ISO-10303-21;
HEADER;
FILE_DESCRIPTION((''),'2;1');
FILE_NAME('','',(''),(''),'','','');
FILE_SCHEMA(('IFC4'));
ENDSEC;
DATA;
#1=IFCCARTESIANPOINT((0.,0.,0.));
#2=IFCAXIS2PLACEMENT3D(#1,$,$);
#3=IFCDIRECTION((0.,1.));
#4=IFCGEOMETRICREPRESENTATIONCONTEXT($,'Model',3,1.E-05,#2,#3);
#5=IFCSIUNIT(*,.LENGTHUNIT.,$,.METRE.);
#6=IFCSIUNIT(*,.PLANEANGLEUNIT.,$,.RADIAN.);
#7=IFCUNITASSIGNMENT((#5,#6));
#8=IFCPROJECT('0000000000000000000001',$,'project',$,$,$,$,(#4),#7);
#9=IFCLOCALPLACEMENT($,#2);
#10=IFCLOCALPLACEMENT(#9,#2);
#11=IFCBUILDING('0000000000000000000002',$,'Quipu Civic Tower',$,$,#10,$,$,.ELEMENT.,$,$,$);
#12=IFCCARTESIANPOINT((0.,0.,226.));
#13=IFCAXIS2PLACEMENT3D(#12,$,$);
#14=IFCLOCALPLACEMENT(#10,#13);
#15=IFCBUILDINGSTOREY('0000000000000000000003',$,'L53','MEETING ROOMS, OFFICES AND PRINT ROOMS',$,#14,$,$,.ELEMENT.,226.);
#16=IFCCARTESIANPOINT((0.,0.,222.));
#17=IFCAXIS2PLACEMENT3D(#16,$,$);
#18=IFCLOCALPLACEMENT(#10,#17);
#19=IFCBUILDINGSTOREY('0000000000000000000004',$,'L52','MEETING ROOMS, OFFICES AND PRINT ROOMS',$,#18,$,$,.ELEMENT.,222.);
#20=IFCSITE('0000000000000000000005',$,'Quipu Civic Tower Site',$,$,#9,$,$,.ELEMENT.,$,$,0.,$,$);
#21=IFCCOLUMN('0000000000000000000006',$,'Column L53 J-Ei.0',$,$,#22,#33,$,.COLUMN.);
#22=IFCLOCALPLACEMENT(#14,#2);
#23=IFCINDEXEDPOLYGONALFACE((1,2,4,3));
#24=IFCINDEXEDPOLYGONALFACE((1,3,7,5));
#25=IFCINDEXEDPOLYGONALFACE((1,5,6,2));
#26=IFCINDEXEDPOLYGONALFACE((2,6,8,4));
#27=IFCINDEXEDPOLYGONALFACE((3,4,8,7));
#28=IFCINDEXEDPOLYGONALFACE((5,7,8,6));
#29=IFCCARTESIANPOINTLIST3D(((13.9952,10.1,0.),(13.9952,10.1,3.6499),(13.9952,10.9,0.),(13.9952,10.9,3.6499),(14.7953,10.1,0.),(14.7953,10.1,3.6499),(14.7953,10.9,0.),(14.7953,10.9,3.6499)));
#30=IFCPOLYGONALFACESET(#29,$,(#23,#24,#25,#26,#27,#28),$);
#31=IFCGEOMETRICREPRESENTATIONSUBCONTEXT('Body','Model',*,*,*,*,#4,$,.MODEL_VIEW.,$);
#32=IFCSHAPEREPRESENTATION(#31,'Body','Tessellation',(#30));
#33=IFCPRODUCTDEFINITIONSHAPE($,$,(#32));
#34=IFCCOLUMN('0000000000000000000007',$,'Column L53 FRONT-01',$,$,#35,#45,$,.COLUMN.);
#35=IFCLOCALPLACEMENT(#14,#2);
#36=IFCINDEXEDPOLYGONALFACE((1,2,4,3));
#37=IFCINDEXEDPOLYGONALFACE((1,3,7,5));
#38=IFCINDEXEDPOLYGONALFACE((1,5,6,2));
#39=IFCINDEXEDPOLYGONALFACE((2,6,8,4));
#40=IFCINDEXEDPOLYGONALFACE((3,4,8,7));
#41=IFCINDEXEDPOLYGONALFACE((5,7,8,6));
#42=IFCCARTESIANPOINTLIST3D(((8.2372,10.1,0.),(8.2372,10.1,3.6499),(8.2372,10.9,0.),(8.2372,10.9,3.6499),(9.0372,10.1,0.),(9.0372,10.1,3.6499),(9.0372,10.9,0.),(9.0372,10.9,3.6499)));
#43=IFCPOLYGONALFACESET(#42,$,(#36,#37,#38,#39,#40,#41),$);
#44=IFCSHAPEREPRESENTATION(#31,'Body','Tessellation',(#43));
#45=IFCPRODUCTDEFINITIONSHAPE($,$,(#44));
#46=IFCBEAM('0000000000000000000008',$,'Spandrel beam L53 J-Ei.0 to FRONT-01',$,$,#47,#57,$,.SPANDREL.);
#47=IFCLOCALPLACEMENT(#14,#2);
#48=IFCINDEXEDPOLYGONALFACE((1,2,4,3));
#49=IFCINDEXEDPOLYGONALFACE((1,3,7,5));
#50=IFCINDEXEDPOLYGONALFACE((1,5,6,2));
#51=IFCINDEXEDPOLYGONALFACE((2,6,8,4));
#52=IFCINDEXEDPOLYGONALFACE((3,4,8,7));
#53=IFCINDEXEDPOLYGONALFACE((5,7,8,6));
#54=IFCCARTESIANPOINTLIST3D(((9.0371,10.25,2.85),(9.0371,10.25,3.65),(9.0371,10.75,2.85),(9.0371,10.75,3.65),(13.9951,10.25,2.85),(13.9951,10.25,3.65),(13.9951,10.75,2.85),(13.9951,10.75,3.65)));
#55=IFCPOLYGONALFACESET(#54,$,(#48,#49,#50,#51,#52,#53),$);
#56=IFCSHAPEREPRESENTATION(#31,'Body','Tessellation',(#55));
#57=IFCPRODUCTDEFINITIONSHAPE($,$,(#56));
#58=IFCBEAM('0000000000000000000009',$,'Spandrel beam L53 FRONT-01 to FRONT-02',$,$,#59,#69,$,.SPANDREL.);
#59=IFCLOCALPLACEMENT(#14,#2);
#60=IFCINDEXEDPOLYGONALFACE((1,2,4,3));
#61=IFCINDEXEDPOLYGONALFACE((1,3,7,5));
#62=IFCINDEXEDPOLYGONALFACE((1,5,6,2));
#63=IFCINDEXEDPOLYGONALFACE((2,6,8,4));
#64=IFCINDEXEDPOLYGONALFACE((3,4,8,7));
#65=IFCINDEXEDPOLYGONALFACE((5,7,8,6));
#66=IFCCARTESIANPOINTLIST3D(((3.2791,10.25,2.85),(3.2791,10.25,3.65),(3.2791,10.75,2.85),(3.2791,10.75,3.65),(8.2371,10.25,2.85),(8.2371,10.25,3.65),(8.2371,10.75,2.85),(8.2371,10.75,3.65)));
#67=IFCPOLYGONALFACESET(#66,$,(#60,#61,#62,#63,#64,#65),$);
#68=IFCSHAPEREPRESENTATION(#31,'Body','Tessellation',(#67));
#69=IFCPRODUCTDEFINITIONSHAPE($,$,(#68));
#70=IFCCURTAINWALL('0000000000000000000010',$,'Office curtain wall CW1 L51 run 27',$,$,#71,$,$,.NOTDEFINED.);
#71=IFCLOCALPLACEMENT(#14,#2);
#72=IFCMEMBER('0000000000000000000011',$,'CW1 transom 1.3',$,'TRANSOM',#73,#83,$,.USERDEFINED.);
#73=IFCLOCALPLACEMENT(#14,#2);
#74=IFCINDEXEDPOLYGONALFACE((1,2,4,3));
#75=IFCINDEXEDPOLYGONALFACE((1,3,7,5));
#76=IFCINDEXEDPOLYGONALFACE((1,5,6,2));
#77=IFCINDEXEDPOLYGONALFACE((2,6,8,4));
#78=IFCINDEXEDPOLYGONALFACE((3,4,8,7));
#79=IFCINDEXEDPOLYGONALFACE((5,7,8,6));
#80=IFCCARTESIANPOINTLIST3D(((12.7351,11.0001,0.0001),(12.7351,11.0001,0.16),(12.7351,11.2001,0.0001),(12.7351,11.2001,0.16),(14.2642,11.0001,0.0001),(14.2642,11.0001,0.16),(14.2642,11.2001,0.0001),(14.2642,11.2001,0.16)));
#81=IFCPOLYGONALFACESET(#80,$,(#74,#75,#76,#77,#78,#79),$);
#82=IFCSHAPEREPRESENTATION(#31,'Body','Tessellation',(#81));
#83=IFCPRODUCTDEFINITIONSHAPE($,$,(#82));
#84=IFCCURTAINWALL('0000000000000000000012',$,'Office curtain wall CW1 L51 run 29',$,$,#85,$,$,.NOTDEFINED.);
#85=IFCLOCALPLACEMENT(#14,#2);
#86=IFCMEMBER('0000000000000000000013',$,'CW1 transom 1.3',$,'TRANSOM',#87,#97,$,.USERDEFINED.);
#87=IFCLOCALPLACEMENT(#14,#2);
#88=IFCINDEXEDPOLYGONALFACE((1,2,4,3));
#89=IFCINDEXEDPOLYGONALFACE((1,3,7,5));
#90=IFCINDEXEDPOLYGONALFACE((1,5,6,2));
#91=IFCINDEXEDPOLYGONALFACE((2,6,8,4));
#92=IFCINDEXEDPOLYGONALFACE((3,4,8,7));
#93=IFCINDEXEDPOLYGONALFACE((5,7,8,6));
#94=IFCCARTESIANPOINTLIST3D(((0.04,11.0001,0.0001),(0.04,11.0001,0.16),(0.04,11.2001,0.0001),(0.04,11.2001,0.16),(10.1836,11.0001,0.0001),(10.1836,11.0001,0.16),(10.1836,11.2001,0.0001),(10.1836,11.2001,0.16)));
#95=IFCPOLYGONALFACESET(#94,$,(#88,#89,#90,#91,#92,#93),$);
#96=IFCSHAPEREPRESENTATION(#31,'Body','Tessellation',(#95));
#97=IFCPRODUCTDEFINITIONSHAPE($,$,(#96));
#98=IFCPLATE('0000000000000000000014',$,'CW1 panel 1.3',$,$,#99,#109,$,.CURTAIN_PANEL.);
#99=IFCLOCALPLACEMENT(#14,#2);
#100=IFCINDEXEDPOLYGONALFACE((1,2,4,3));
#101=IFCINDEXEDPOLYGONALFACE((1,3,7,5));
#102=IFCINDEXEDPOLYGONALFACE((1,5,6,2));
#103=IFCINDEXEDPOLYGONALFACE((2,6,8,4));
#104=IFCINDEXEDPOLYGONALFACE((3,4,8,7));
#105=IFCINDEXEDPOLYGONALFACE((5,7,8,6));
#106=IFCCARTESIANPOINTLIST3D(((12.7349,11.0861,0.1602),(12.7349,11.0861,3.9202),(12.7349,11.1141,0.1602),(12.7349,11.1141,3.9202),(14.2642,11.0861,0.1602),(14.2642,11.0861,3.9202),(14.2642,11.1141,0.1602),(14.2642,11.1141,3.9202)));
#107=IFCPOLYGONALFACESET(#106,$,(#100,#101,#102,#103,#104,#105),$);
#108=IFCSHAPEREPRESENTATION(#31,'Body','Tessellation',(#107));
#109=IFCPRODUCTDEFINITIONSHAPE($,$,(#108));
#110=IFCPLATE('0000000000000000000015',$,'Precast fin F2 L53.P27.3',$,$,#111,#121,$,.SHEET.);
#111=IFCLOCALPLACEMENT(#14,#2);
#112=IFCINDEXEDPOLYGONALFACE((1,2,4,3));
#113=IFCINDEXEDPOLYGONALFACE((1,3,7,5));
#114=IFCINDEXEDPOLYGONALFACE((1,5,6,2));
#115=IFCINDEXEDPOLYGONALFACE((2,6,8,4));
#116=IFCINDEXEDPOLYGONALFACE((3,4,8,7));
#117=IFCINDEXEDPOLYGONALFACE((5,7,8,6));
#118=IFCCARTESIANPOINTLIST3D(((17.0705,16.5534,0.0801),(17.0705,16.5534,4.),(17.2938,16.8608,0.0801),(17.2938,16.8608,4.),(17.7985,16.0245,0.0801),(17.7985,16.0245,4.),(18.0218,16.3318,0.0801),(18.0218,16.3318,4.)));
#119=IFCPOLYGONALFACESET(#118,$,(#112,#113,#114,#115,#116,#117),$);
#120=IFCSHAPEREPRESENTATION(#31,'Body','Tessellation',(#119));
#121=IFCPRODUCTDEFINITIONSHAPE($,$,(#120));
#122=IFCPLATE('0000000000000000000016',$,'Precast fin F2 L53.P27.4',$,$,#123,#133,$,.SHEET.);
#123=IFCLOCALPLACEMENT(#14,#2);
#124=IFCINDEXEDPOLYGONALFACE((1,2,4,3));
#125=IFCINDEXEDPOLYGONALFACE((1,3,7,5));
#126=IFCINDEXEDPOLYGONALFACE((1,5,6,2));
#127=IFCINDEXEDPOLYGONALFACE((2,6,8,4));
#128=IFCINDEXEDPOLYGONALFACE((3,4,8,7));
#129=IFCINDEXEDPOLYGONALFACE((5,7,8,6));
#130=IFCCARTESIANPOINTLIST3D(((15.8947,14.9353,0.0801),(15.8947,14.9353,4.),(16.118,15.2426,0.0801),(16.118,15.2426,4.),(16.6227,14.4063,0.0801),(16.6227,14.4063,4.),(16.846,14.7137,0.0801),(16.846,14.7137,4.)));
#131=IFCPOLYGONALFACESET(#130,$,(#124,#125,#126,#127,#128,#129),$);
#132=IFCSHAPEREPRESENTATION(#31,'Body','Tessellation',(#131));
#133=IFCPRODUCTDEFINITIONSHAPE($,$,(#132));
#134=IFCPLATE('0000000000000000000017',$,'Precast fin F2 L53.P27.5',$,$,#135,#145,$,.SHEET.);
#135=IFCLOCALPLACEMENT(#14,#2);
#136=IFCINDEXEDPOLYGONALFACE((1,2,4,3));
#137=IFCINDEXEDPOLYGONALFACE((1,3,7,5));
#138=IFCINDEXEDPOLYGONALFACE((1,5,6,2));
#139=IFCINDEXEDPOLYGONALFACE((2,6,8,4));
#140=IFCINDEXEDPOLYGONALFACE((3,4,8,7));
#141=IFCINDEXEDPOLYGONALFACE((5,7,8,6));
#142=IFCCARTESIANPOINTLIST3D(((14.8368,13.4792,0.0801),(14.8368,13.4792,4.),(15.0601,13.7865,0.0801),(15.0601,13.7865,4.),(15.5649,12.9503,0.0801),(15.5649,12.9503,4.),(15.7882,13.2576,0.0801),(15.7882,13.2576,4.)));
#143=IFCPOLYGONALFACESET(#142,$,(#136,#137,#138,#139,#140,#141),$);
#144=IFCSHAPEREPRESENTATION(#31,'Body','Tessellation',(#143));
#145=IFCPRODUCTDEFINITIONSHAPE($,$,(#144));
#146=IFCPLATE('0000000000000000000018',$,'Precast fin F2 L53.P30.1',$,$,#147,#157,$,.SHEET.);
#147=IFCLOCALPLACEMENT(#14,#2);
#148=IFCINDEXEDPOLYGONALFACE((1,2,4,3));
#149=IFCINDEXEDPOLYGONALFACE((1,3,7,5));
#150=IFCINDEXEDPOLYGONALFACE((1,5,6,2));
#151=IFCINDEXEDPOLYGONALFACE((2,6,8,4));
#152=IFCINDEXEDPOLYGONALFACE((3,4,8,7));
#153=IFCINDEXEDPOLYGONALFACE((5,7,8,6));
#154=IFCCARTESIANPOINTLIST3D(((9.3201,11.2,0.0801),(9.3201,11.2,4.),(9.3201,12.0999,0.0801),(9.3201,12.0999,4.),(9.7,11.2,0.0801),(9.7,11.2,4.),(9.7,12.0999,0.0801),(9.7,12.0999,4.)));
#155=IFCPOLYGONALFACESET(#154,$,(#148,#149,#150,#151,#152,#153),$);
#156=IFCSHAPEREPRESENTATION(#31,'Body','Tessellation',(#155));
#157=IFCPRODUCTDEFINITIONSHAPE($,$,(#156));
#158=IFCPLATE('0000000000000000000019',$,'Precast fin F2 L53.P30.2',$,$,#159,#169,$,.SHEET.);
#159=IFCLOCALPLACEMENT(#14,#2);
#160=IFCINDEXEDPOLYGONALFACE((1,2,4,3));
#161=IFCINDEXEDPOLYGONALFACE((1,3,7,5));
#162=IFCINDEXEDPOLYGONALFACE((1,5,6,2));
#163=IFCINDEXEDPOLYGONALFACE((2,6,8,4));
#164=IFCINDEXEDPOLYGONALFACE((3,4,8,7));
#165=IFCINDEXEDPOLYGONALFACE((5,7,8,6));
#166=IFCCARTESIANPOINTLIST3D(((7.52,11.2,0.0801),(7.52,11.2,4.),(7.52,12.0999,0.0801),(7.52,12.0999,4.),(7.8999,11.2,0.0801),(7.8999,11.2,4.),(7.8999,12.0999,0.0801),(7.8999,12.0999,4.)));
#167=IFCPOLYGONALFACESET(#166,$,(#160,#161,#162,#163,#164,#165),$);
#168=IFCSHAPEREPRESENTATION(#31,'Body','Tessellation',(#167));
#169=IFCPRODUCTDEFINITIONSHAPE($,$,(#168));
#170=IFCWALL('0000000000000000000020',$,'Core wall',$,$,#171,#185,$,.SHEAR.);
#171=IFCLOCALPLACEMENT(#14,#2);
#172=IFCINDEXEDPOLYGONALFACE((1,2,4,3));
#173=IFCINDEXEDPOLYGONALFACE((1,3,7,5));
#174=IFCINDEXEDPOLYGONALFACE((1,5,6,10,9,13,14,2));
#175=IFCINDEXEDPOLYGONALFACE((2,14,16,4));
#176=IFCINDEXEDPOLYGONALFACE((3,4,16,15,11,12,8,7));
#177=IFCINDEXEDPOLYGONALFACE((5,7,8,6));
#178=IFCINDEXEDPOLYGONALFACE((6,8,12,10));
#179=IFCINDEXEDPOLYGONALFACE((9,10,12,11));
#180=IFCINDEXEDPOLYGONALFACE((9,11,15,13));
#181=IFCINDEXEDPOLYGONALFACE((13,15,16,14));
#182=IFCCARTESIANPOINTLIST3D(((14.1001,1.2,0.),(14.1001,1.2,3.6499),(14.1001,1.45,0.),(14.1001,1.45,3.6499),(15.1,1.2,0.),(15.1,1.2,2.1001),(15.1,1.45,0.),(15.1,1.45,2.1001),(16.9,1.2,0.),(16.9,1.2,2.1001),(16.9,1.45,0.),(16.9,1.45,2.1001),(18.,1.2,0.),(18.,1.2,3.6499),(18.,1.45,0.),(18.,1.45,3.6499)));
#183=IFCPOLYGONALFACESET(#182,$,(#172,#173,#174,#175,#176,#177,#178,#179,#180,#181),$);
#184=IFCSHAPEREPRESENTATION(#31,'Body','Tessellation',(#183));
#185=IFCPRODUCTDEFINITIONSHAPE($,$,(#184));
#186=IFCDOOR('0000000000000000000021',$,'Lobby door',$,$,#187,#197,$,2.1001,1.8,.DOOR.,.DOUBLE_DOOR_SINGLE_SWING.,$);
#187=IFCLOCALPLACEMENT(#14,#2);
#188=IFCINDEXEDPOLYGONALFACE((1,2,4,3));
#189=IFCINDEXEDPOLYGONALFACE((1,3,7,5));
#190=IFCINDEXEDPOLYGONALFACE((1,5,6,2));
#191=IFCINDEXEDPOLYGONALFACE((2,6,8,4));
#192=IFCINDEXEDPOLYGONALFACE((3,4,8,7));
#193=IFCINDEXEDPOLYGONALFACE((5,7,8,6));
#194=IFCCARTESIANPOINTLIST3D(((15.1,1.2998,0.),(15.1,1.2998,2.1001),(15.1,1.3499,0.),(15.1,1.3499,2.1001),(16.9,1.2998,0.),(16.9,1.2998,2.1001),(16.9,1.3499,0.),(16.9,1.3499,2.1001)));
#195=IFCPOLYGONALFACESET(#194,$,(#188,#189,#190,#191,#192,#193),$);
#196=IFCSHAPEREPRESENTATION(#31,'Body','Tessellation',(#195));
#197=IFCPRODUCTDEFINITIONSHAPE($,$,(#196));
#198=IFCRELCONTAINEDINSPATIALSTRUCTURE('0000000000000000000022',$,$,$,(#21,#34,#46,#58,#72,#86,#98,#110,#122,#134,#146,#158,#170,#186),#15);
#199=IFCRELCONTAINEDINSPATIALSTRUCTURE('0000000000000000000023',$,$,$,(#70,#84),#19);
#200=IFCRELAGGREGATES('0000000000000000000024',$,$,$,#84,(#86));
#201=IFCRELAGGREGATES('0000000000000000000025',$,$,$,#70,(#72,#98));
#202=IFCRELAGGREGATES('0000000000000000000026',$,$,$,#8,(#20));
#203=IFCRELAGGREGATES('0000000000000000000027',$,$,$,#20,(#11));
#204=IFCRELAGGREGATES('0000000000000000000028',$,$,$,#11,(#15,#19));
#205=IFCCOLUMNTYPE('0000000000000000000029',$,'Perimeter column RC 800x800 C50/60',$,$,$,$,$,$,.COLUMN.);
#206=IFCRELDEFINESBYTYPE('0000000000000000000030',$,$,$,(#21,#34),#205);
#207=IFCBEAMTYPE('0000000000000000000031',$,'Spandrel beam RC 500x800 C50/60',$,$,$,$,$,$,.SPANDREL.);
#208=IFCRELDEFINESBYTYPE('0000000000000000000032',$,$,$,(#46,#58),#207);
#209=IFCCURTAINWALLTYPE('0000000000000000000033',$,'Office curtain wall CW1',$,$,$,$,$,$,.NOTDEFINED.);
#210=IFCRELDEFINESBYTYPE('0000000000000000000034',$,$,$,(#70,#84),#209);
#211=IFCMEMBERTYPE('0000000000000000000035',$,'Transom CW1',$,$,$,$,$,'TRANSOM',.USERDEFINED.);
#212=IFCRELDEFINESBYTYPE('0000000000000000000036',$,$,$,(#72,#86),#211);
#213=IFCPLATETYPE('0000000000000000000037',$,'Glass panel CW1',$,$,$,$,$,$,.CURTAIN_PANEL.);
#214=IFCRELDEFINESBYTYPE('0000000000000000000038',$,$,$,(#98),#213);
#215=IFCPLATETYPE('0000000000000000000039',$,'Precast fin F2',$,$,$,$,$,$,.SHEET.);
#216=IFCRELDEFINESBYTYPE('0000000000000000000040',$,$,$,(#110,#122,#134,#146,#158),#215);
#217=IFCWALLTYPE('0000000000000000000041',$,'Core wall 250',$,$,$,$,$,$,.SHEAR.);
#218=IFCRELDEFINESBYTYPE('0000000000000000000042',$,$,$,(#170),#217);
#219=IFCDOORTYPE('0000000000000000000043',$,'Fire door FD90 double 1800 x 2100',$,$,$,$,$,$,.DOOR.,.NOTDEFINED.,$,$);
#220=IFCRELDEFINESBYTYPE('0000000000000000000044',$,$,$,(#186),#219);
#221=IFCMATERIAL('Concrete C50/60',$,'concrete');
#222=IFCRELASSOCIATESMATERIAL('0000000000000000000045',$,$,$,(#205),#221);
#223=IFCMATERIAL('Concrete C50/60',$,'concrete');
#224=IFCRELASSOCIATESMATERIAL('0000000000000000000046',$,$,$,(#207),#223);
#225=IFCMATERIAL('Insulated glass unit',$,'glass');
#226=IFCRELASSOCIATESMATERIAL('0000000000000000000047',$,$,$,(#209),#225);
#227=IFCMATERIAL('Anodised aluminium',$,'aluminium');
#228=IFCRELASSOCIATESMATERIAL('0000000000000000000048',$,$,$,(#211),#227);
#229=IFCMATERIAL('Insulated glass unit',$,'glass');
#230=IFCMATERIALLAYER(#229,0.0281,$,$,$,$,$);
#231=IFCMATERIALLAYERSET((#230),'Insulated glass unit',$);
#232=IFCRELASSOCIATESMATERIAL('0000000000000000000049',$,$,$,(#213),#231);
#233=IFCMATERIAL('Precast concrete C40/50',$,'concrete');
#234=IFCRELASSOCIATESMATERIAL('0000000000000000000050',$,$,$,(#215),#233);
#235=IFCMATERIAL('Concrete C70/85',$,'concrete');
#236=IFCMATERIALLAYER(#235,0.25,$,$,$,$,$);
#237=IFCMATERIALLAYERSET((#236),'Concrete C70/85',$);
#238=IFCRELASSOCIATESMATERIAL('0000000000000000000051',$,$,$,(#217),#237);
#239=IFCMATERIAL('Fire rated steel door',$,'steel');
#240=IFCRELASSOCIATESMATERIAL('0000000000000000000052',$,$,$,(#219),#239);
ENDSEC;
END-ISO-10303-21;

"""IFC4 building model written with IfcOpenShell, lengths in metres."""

from ifc_helpers import new_model, si_unit, direction, frame, frame_2d, origin, origin_2d, place, context, subcontext, project, spatial, rectangle, extrude, material, layer, layer_set, material_profile, profile_set, type_object, element, fill, aggregate, save


model = new_model("IFC4")

# Units and contexts
model_context = context("Model", 3, precision=1e-05, world=origin(), true_north=direction((0.0, 1.0)))
body_context = subcontext(model_context, "Body", "Model", "MODEL_VIEW")
ifc_project = project(units=[si_unit("LENGTHUNIT", "METRE"), si_unit("PLANEANGLEUNIT", "RADIAN")], contexts=[model_context])

# Site, building, storey
site_placement = place(None, origin())
site = spatial("IfcSite", under=ifc_project, at=site_placement, Name="Quipu Civic Tower Site", CompositionType="ELEMENT", RefElevation=0.0)
building_placement = place(site_placement, origin())
building = spatial("IfcBuilding", under=site, at=building_placement, Name="Quipu Civic Tower", CompositionType="ELEMENT")
storey_1_placement = place(building_placement, frame((0.0, 0.0, 226.0)))
storey_1 = spatial("IfcBuildingStorey", under=building, at=storey_1_placement, Name="L53", Description="MEETING ROOMS, OFFICES AND PRINT ROOMS", CompositionType="ELEMENT", Elevation=226.0)

# Columns
ifc_material_1 = material(Name="Concrete C50/60", Category="concrete")
ifc_material_profile_1 = material_profile(ifc_material_1, rectangle(XDim=0.8, YDim=0.8, at=origin_2d()), Name="RC800x800")
ifc_profile_set_1 = profile_set([ifc_material_profile_1], Name="Concrete C50/60")
column_type = type_object("IfcColumnType", Name="Perimeter column RC 800x800 C50/60", PredefinedType="COLUMN", material=ifc_profile_set_1)
for number, where, z_axis, x_axis, name in (
    (1, (14.3953, 10.5, 0.0), (0.0, 0.0, 1.0), (-1.0, 0.0, 0.0), "Column L53 J-Ei.0"),
    (2, (8.6372, 10.5, 0.0), (0.0, 0.0, 1.0), (-1.0, 0.0, 0.0), "Column L53 FRONT-01"),
):
    element("IfcColumn", number, at=place(storey_1_placement, frame(where, z_axis=z_axis, x_axis=x_axis)), inside=storey_1, type_object=column_type, Name=name, PredefinedType="COLUMN", context=body_context, shape_type="SweptSolid", body=[
        extrude(rectangle(XDim=0.8, YDim=0.8, at=origin_2d()), origin(), (0.0, 0.0, 1.0), 3.6499),
    ])

# Beams
ifc_material_2 = material(Name="Concrete C50/60", Category="concrete")
ifc_material_profile_2 = material_profile(ifc_material_2, rectangle(XDim=0.5, YDim=0.8, at=origin_2d()), Name="RC500x800")
ifc_profile_set_2 = profile_set([ifc_material_profile_2], Name="Concrete C50/60")
beam_type = type_object("IfcBeamType", Name="Spandrel beam RC 500x800 C50/60", PredefinedType="SPANDREL", material=ifc_profile_set_2)
for number, where, z_axis, x_axis, name in (
    (3, (13.9951, 10.5, 3.25), (-1.0, 0.0, 0.0), (0.0, -1.0, 0.0), "Spandrel beam L53 J-Ei.0 to FRONT-01"),
    (4, (8.2371, 10.5, 3.25), (-1.0, 0.0, 0.0), (0.0, -1.0, 0.0), "Spandrel beam L53 FRONT-01 to FRONT-02"),
):
    element("IfcBeam", number, at=place(storey_1_placement, frame(where, z_axis=z_axis, x_axis=x_axis)), inside=storey_1, type_object=beam_type, Name=name, PredefinedType="SPANDREL", context=body_context, shape_type="SweptSolid", body=[
        extrude(rectangle(XDim=0.5, YDim=0.8, at=origin_2d()), origin(), (0.0, 0.0, 1.0), 4.958),
    ])

# Shared definitions
storey_2_placement = place(building_placement, frame((0.0, 0.0, 222.0)))
storey_2 = spatial("IfcBuildingStorey", under=building, at=storey_2_placement, Name="L52", Description="MEETING ROOMS, OFFICES AND PRINT ROOMS", CompositionType="ELEMENT", Elevation=222.0)

# Curtain walls, members
ifc_material_3 = material(Name="Insulated glass unit", Category="glass")
curtain_wall_type = type_object("IfcCurtainWallType", Name="Office curtain wall CW1", PredefinedType="NOTDEFINED", material=ifc_material_3)
curtain_wall_1_placement = place(storey_2_placement, origin())
curtain_wall_1 = element("IfcCurtainWall", 5, at=curtain_wall_1_placement, inside=storey_2, type_object=curtain_wall_type, Name="Office curtain wall CW1 L51 run 27", PredefinedType="NOTDEFINED")
ifc_material_4 = material(Name="Anodised aluminium", Category="aluminium")
ifc_material_profile_3 = material_profile(ifc_material_4, rectangle(XDim=0.2, YDim=0.1599, at=origin_2d()), Name="RECT 200x160")
ifc_profile_set_3 = profile_set([ifc_material_profile_3], Name="Anodised aluminium")
member_type = type_object("IfcMemberType", Name="Transom CW1", ElementType="TRANSOM", PredefinedType="USERDEFINED", material=ifc_profile_set_3)
member_1_placement = place(storey_1_placement, frame((14.2642, 11.1001, 0.0801), z_axis=(-1.0, 0.0, 0.0), x_axis=(0.0, -1.0, 0.0)))
member_1 = element("IfcMember", 6, at=member_1_placement, inside=storey_1, type_object=member_type, Name="CW1 transom 1.3", ObjectType="TRANSOM", PredefinedType="USERDEFINED", context=body_context, shape_type="SweptSolid", body=[
    extrude(rectangle(XDim=0.2, YDim=0.1599, at=origin_2d()), origin(), (0.0, 0.0, 1.0), 1.5291),
])
curtain_wall_2_placement = place(storey_2_placement, origin())
curtain_wall_2 = element("IfcCurtainWall", 7, at=curtain_wall_2_placement, inside=storey_2, type_object=curtain_wall_type, Name="Office curtain wall CW1 L51 run 29", PredefinedType="NOTDEFINED")
member_2_placement = place(storey_1_placement, frame((10.1836, 11.1001, 0.0801), z_axis=(-1.0, 0.0, 0.0), x_axis=(0.0, -1.0, 0.0)))
member_2 = element("IfcMember", 8, at=member_2_placement, inside=storey_1, type_object=member_type, Name="CW1 transom 1.3", ObjectType="TRANSOM", PredefinedType="USERDEFINED", context=body_context, shape_type="SweptSolid", body=[
    extrude(rectangle(XDim=0.2, YDim=0.1599, at=origin_2d()), origin(), (0.0, 0.0, 1.0), 10.1436),
])
aggregate(curtain_wall_2, [member_2])

# Plate
ifc_material_5 = material(Name="Insulated glass unit", Category="glass")
ifc_layer_1 = layer(ifc_material_5, 0.0281)
ifc_layer_set_1 = layer_set([ifc_layer_1], Name="Insulated glass unit")
plate_type_1 = type_object("IfcPlateType", Name="Glass panel CW1", PredefinedType="CURTAIN_PANEL", material=ifc_layer_set_1)
plate_placement = place(storey_1_placement, frame((13.4995, 11.1001, 0.1602), z_axis=(0.0, 0.0, 1.0), x_axis=(-1.0, 0.0, 0.0)))
plate = element("IfcPlate", 9, at=plate_placement, inside=storey_1, type_object=plate_type_1, Name="CW1 panel 1.3", PredefinedType="CURTAIN_PANEL", context=body_context, shape_type="SweptSolid", body=[
    extrude(rectangle(XDim=1.5293, YDim=0.0281, at=origin_2d()), origin(), (0.0, 0.0, 1.0), 3.76),
])
aggregate(curtain_wall_1, [member_1, plate])

# Plates
ifc_material_6 = material(Name="Precast concrete C40/50", Category="concrete")
plate_type_2 = type_object("IfcPlateType", Name="Precast fin F2", PredefinedType="SHEET", material=ifc_material_6)
for number, where, z_axis, x_axis, name in (
    (10, (17.5461, 16.4426, 0.0801), (0.0, 0.0, 1.0), (-0.587784, -0.809018, 0.0), "Precast fin F2 L53.P27.3"),
    (11, (16.3704, 14.8245, 0.0801), (0.0, 0.0, 1.0), (-0.587784, -0.809018, 0.0), "Precast fin F2 L53.P27.4"),
    (12, (15.3125, 13.3684, 0.0801), (0.0, 0.0, 1.0), (-0.587784, -0.809018, 0.0), "Precast fin F2 L53.P27.5"),
    (13, (9.51, 11.6499, 0.0801), (0.0, 0.0, 1.0), (-1.0, 0.0, 0.0), "Precast fin F2 L53.P30.1"),
    (14, (7.71, 11.6499, 0.0801), (0.0, 0.0, 1.0), (-1.0, 0.0, 0.0), "Precast fin F2 L53.P30.2"),
):
    element("IfcPlate", number, at=place(storey_1_placement, frame(where, z_axis=z_axis, x_axis=x_axis)), inside=storey_1, type_object=plate_type_2, Name=name, PredefinedType="SHEET", context=body_context, shape_type="SweptSolid", body=[
        extrude(rectangle(XDim=0.3799, YDim=0.8999, at=origin_2d()), origin(), (0.0, 0.0, 1.0), 3.9199),
    ])

# Wall, opening, door
ifc_material_7 = material(Name="Concrete C70/85", Category="concrete")
ifc_layer_2 = layer(ifc_material_7, 0.25)
ifc_layer_set_2 = layer_set([ifc_layer_2], Name="Concrete C70/85")
wall_type_1 = type_object("IfcWallType", Name="Core wall 250", PredefinedType="SHEAR", material=ifc_layer_set_2)
wall_1_placement = place(storey_1_placement, frame((14.1001, 1.325, 0.0), z_axis=(0.0, 0.0, 1.0), x_axis=(1.0, 0.0, 0.0)))
wall_1 = element("IfcWall", 15, at=wall_1_placement, inside=storey_1, type_object=wall_type_1, Name="Core wall", PredefinedType="SHEAR", context=body_context, shape_type="SweptSolid", body=[
    extrude(rectangle(XDim=3.8999, YDim=0.25, at=frame_2d((1.95, 0.0))), origin(), (0.0, 0.0, 1.0), 3.6499),
])
opening_1_placement = place(wall_1_placement, frame((1.0, 0.0, 0.0)))
opening_1 = element("IfcOpeningElement", 16, at=opening_1_placement, cuts=wall_1, PredefinedType="OPENING", context=body_context, shape_type="SweptSolid", body=[
    extrude(rectangle(XDim=1.8, YDim=2.1001, at=frame_2d((0.8999, 1.05))), frame((0.0, 0.135, 0.0), z_axis=(0.0, -1.0, 0.0), x_axis=(1.0, 0.0, 0.0)), (0.0, 0.0, 1.0), 0.27),
])
ifc_material_8 = material(Name="Fire rated steel door", Category="steel")
door_type = type_object("IfcDoorType", Name="Fire door FD90 double 1800 x 2100", OperationType="NOTDEFINED", PredefinedType="DOOR", material=ifc_material_8)
door_placement = place(opening_1_placement, origin())
door = element("IfcDoor", 17, at=door_placement, inside=storey_1, type_object=door_type, Name="Lobby door", OperationType="DOUBLE_DOOR_SINGLE_SWING", OverallHeight=2.1001, OverallWidth=1.8, PredefinedType="DOOR", context=body_context, shape_type="SweptSolid", body=[
    extrude(rectangle(XDim=1.8, YDim=2.1001, at=frame_2d((0.8999, 1.05))), frame((0.0, 0.0249, 0.0), z_axis=(0.0, -1.0, 0.0), x_axis=(1.0, 0.0, 0.0)), (0.0, 0.0, 1.0), 0.05),
])
fill(opening_1, door)

save(model, "model.ifc")
